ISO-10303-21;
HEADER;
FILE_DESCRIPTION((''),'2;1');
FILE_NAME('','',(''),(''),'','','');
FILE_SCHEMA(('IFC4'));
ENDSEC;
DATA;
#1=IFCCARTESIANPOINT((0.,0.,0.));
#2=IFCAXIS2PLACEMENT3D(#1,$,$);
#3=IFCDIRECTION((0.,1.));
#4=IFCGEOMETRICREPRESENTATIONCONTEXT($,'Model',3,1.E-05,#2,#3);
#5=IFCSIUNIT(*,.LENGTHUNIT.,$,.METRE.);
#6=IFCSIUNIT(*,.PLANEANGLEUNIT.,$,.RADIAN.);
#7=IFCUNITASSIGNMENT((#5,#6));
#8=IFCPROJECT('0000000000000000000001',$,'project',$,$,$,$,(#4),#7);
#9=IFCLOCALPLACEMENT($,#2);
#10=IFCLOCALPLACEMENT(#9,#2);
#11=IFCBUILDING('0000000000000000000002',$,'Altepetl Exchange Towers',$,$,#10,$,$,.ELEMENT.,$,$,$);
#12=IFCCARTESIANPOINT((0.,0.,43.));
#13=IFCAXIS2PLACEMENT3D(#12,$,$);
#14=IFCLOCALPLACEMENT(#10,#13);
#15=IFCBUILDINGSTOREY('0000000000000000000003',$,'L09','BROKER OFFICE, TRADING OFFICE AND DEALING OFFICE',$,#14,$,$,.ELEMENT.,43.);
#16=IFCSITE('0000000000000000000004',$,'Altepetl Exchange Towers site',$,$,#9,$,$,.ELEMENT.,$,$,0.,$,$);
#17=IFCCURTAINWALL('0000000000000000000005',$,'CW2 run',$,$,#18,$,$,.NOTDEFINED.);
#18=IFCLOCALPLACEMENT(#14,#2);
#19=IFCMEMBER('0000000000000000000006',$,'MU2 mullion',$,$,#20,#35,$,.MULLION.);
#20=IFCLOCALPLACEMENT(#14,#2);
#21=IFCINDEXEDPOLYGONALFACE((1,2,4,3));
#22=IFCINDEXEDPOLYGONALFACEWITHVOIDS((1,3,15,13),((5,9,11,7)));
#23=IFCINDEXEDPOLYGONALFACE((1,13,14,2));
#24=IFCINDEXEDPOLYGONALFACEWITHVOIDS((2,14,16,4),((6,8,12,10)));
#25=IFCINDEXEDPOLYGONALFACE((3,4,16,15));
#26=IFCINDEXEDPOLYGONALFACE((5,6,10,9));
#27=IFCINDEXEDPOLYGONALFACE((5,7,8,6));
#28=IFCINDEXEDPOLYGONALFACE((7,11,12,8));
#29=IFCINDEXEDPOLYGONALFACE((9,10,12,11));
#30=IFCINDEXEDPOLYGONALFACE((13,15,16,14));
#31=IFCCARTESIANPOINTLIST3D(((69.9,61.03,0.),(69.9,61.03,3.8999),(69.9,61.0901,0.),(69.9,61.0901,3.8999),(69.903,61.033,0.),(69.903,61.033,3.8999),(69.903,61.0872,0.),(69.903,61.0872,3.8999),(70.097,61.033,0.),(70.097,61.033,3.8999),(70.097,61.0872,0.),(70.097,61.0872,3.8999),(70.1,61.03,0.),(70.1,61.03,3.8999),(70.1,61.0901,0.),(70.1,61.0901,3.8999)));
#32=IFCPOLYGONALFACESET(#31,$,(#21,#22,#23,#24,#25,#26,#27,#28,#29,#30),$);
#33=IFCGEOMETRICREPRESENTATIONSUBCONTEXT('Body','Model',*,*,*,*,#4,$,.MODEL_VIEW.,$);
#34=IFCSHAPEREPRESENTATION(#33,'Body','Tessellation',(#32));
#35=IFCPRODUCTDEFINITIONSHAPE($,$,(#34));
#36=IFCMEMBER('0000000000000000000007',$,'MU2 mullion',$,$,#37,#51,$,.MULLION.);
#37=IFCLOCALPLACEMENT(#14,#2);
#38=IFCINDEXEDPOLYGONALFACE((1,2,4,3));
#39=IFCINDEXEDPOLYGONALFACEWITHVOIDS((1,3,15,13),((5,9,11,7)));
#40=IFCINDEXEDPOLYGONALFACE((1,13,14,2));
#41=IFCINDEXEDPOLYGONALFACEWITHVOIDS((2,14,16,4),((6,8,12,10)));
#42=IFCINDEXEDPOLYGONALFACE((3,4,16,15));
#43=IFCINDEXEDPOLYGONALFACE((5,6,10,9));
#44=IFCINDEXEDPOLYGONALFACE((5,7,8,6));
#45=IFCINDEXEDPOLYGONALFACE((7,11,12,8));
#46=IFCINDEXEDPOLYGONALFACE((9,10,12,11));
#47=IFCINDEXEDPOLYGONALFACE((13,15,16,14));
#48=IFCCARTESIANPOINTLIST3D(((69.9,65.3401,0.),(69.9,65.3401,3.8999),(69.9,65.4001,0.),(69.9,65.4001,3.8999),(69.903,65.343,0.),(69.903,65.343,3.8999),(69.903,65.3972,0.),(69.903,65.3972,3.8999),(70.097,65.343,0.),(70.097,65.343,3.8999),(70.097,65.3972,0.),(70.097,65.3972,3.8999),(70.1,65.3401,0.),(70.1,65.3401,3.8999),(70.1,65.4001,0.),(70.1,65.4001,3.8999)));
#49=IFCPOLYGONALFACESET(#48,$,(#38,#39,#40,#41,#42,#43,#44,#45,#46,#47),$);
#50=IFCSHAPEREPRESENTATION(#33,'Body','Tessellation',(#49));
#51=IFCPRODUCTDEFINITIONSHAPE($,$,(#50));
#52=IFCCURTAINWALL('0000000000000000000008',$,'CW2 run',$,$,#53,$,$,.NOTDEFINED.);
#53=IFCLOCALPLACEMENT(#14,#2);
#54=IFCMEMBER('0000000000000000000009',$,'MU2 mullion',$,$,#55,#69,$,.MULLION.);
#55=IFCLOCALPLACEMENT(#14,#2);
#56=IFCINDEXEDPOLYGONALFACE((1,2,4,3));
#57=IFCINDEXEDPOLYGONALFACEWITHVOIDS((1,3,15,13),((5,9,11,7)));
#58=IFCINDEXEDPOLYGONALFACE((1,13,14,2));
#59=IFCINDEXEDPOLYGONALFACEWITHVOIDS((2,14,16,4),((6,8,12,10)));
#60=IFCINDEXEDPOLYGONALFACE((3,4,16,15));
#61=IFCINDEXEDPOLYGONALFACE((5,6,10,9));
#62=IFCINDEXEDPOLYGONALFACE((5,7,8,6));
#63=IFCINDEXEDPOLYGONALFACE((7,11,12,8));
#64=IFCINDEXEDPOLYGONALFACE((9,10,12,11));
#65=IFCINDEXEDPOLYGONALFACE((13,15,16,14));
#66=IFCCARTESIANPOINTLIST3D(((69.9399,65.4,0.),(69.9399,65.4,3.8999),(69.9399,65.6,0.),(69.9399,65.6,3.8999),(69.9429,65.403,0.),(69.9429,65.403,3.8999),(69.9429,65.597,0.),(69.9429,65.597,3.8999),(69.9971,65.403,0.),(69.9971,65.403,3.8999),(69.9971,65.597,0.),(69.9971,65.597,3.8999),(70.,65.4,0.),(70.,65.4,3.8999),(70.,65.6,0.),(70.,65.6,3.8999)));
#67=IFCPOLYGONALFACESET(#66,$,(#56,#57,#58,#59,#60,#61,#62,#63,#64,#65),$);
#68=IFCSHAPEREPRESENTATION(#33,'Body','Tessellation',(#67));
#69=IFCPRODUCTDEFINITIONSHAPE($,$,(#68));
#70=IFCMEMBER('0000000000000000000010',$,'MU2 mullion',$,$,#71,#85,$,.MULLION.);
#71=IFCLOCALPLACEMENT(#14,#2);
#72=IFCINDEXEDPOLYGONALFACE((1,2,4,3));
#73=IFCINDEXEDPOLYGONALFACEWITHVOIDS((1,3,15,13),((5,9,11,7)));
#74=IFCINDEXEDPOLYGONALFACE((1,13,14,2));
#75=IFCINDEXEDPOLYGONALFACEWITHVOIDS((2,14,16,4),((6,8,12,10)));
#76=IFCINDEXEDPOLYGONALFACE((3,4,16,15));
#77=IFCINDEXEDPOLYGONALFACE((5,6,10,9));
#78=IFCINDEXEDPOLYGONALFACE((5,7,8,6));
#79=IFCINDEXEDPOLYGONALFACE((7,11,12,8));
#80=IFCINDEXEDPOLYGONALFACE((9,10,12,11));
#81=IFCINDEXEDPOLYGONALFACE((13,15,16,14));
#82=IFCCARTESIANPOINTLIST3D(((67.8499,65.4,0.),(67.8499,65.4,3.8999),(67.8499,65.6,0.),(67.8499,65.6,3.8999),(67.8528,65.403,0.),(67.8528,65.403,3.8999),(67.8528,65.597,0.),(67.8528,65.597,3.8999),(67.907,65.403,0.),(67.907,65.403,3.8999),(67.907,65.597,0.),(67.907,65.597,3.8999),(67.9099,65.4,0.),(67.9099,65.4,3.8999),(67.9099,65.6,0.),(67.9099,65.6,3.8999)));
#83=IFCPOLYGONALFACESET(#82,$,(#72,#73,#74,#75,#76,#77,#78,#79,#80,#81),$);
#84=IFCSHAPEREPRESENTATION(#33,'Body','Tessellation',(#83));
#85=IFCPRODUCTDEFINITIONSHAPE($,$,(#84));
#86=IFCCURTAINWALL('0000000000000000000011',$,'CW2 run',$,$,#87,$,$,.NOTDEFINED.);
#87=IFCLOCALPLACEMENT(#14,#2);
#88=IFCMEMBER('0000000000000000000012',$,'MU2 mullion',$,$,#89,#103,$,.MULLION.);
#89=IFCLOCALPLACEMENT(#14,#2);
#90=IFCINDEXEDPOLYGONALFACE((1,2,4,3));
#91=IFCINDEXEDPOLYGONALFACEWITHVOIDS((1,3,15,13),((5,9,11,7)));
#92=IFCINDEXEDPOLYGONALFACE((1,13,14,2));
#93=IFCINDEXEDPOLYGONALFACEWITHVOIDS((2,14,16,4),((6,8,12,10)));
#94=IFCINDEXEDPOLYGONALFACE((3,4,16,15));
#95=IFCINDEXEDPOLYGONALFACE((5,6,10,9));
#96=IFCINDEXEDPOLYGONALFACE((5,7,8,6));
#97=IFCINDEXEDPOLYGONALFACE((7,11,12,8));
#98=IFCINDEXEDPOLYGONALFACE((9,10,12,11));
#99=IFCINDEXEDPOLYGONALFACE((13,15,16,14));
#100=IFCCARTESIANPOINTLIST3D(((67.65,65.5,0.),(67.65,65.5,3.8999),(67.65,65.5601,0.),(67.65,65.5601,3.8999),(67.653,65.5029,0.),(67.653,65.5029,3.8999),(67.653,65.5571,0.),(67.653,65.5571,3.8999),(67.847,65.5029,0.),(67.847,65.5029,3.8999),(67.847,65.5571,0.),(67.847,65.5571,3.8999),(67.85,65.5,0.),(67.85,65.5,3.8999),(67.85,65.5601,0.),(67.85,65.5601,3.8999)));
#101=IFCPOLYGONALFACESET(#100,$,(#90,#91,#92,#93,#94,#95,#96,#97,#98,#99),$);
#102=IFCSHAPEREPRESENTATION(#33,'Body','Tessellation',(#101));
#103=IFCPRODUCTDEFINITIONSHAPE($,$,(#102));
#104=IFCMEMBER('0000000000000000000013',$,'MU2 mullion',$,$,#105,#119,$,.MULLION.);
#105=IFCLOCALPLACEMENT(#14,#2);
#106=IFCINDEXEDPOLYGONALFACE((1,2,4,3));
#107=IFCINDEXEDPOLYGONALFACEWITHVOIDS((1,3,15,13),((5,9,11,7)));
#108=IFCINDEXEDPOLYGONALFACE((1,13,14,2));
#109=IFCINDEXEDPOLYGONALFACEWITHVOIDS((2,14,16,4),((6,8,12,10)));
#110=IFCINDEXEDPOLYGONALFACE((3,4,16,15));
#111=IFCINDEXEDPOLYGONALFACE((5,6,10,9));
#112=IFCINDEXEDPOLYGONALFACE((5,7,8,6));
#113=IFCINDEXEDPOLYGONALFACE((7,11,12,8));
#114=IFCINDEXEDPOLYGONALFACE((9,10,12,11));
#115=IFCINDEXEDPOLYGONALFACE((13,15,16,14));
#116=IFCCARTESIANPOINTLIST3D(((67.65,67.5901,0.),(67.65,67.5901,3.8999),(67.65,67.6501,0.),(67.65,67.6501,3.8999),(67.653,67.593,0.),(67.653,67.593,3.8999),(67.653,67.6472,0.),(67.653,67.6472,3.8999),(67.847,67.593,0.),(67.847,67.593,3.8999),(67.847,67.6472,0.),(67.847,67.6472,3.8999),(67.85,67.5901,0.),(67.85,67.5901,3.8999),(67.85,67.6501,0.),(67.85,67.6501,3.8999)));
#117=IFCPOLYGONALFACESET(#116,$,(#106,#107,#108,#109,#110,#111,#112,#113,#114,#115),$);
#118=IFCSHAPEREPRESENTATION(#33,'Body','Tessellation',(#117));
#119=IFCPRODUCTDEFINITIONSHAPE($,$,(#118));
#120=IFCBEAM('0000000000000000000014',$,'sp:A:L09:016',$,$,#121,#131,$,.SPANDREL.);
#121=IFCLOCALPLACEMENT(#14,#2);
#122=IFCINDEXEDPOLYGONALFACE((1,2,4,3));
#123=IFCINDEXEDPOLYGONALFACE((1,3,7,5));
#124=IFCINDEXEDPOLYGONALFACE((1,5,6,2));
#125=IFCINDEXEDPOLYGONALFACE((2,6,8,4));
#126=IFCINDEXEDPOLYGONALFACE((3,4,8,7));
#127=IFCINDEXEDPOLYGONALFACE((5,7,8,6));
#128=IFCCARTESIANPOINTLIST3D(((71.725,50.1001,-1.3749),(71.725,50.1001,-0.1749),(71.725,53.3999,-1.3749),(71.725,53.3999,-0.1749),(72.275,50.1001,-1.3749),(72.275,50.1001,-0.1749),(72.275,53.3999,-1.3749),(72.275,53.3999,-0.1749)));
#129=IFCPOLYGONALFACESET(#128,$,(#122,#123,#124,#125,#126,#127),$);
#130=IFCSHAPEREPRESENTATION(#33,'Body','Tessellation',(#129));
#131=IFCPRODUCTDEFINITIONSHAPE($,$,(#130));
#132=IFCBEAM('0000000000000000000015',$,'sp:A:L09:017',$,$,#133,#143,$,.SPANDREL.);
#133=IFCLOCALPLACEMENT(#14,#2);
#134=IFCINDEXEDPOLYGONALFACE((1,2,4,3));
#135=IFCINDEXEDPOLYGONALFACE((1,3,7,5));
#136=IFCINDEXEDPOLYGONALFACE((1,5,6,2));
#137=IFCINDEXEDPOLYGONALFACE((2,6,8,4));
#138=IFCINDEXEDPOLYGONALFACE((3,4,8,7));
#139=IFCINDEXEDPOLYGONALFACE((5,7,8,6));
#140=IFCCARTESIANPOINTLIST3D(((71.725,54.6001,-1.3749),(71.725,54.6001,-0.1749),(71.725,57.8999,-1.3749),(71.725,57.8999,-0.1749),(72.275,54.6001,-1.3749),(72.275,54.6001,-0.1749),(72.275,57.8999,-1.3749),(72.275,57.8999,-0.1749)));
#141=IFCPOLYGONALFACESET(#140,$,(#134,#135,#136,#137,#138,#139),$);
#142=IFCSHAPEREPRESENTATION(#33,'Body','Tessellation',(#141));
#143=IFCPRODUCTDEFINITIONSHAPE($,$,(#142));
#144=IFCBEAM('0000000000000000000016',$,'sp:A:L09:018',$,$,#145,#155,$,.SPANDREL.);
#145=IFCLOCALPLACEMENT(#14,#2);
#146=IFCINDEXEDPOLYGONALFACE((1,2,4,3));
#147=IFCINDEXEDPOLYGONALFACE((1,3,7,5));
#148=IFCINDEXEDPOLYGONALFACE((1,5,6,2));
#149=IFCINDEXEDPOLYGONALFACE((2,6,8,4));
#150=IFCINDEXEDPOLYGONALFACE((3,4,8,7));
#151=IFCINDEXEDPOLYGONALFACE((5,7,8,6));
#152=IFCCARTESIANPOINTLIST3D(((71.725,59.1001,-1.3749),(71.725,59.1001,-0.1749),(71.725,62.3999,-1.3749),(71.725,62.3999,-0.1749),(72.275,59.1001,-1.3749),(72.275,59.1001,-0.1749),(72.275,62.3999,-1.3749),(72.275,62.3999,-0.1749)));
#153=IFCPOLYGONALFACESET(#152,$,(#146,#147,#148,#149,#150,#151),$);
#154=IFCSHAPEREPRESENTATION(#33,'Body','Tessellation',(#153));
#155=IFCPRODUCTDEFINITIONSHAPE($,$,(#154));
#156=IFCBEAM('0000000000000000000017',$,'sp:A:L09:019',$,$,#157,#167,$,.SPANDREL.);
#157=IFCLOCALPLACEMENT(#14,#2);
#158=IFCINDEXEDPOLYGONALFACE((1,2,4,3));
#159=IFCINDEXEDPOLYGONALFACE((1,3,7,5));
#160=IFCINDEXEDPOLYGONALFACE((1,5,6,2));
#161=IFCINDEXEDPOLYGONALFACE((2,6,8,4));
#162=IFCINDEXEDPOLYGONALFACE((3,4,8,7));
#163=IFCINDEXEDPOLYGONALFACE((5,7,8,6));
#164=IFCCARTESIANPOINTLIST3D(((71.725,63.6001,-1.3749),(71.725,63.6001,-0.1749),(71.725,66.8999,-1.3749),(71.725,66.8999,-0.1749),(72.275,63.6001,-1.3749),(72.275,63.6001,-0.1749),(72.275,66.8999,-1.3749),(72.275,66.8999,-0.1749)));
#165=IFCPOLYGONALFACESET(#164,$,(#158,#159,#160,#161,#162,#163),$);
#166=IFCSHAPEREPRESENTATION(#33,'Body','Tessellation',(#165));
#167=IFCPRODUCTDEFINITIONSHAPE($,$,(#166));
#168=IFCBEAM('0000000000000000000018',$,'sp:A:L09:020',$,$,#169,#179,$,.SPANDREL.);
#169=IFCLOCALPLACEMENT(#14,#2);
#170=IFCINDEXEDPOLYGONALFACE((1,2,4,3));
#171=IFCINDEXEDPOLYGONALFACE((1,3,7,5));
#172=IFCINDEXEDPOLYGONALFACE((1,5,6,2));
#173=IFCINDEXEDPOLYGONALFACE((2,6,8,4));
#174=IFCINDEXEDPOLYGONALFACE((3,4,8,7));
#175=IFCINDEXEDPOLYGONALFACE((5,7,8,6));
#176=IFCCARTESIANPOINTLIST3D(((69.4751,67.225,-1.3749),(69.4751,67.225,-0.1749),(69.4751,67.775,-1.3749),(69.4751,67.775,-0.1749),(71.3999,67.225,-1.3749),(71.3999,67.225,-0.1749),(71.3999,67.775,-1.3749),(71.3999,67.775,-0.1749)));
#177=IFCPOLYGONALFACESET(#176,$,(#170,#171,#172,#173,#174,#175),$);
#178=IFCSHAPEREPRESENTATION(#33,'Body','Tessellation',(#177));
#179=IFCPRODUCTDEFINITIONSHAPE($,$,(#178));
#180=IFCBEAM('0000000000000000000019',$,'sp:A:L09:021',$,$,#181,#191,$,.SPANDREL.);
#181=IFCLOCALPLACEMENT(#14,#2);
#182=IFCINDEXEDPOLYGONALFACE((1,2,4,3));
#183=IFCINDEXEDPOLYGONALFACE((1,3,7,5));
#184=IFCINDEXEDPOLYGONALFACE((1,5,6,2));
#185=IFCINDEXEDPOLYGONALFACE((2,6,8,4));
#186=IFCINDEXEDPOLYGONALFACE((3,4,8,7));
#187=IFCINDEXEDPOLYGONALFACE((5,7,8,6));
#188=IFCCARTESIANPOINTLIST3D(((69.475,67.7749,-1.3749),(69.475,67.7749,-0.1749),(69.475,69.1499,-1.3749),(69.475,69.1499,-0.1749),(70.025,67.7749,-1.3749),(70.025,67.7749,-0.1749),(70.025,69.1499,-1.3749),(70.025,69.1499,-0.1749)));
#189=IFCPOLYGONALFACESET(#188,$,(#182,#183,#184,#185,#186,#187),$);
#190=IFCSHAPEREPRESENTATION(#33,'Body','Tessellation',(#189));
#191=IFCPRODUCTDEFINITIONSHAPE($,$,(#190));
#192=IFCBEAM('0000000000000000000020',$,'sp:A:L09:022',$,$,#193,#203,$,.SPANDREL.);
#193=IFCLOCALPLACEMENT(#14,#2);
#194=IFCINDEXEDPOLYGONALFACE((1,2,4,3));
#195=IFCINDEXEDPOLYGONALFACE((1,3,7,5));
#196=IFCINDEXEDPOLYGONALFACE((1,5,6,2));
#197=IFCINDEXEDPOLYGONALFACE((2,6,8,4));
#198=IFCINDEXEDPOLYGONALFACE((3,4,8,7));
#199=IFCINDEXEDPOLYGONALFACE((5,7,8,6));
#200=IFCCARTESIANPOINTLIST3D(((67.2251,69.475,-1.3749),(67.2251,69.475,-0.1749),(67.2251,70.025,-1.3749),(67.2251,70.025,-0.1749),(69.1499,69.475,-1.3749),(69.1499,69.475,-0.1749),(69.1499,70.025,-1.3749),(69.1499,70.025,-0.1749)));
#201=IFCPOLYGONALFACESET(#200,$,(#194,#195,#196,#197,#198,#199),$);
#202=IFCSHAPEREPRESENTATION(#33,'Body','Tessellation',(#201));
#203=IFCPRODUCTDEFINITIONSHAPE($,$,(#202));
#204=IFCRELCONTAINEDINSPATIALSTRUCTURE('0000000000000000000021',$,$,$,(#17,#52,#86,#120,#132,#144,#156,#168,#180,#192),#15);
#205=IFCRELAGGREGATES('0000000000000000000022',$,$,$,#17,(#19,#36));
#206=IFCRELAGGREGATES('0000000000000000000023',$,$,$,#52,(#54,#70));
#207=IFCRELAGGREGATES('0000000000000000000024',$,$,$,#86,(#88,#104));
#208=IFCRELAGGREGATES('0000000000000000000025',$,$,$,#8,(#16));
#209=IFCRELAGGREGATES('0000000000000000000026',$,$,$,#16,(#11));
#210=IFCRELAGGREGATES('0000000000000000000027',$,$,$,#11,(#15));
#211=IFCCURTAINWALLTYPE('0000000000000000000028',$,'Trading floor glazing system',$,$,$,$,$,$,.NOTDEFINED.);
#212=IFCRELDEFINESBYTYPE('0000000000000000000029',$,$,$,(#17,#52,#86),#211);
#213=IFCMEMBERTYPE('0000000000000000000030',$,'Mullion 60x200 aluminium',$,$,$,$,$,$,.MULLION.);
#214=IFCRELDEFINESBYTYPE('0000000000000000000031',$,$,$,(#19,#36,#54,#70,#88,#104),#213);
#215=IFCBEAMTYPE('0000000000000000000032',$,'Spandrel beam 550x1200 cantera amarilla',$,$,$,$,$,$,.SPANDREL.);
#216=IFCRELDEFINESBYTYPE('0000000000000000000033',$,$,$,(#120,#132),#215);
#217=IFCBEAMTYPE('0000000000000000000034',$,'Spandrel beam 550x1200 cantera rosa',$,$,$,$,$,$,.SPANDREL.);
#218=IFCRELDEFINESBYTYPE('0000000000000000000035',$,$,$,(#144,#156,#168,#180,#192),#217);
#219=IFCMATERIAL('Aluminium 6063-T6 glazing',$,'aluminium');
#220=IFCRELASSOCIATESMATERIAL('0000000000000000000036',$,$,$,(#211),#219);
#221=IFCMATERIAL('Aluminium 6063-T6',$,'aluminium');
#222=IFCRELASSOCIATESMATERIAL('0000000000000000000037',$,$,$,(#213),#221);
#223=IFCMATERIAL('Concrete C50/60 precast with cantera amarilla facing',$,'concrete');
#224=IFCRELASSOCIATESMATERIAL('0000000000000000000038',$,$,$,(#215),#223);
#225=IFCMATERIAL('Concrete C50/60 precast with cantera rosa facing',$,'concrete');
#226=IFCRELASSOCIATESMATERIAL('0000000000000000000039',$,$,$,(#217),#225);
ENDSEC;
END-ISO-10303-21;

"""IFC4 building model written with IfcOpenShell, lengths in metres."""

from ifc_helpers import new_model, si_unit, direction, frame, origin, origin_2d, place, context, subcontext, project, spatial, rectangle, hollow_rectangle, extrude, material, material_profile, profile_set, type_object, element, aggregate, save


model = new_model("IFC4")

# Units and contexts
model_context = context("Model", 3, precision=1e-05, world=origin(), true_north=direction((0.0, 1.0)))
body_context = subcontext(model_context, "Body", "Model", "MODEL_VIEW")
ifc_project = project(units=[si_unit("LENGTHUNIT", "METRE"), si_unit("PLANEANGLEUNIT", "RADIAN")], contexts=[model_context])

# Site, building, storey
site_placement = place(None, origin())
site = spatial("IfcSite", under=ifc_project, at=site_placement, Name="Altepetl Exchange Towers site", CompositionType="ELEMENT", RefElevation=0.0)
building_placement = place(site_placement, origin())
building = spatial("IfcBuilding", under=site, at=building_placement, Name="Altepetl Exchange Towers", CompositionType="ELEMENT")
storey_placement = place(building_placement, frame((0.0, 0.0, 43.0)))
storey = spatial("IfcBuildingStorey", under=building, at=storey_placement, Name="L09", Description="BROKER OFFICE, TRADING OFFICE AND DEALING OFFICE", CompositionType="ELEMENT", Elevation=43.0)

# Curtain walls, members
ifc_material_1 = material(Name="Aluminium 6063-T6 glazing", Category="aluminium")
curtain_wall_type = type_object("IfcCurtainWallType", Name="Trading floor glazing system", PredefinedType="NOTDEFINED", material=ifc_material_1)
ifc_material_2 = material(Name="Aluminium 6063-T6", Category="aluminium")
ifc_material_profile_1 = material_profile(ifc_material_2, hollow_rectangle(XDim=0.0601, YDim=0.2, WallThickness=0.0029, at=origin_2d()), Name="Mullion 60x200 aluminium")
ifc_profile_set_1 = profile_set([ifc_material_profile_1], Name="Aluminium 6063-T6")
member_type = type_object("IfcMemberType", Name="Mullion 60x200 aluminium", PredefinedType="MULLION", material=ifc_profile_set_1)
curtain_wall_1_placement = place(storey_placement, origin())
curtain_wall_1 = element("IfcCurtainWall", 1, at=curtain_wall_1_placement, inside=storey, type_object=curtain_wall_type, Name="CW2 run", PredefinedType="NOTDEFINED")
member_1_placement = place(storey_placement, frame((70.0, 61.0601, 0.0), z_axis=(0.0, 0.0, 1.0), x_axis=(0.0, 1.0, 0.0)))
member_1 = element("IfcMember", 2, at=member_1_placement, type_object=member_type, Name="MU2 mullion", PredefinedType="MULLION", context=body_context, shape_type="SweptSolid", body=[
    extrude(hollow_rectangle(XDim=0.0601, YDim=0.2, WallThickness=0.0029, at=origin_2d()), origin(), (0.0, 0.0, 1.0), 3.8999),
])
member_2_placement = place(storey_placement, frame((70.0, 65.3701, 0.0), z_axis=(0.0, 0.0, 1.0), x_axis=(0.0, 1.0, 0.0)))
member_2 = element("IfcMember", 3, at=member_2_placement, type_object=member_type, Name="MU2 mullion", PredefinedType="MULLION", context=body_context, shape_type="SweptSolid", body=[
    extrude(hollow_rectangle(XDim=0.0601, YDim=0.2, WallThickness=0.0029, at=origin_2d()), origin(), (0.0, 0.0, 1.0), 3.8999),
])
curtain_wall_2_placement = place(storey_placement, origin())
curtain_wall_2 = element("IfcCurtainWall", 4, at=curtain_wall_2_placement, inside=storey, type_object=curtain_wall_type, Name="CW2 run", PredefinedType="NOTDEFINED")
member_3_placement = place(storey_placement, frame((69.97, 65.5, 0.0), z_axis=(0.0, 0.0, 1.0), x_axis=(-1.0, 0.0, 0.0)))
member_3 = element("IfcMember", 5, at=member_3_placement, type_object=member_type, Name="MU2 mullion", PredefinedType="MULLION", context=body_context, shape_type="SweptSolid", body=[
    extrude(hollow_rectangle(XDim=0.0601, YDim=0.2, WallThickness=0.0029, at=origin_2d()), origin(), (0.0, 0.0, 1.0), 3.8999),
])
member_4_placement = place(storey_placement, frame((67.8799, 65.5, 0.0), z_axis=(0.0, 0.0, 1.0), x_axis=(-1.0, 0.0, 0.0)))
member_4 = element("IfcMember", 6, at=member_4_placement, type_object=member_type, Name="MU2 mullion", PredefinedType="MULLION", context=body_context, shape_type="SweptSolid", body=[
    extrude(hollow_rectangle(XDim=0.0601, YDim=0.2, WallThickness=0.0029, at=origin_2d()), origin(), (0.0, 0.0, 1.0), 3.8999),
])
curtain_wall_3_placement = place(storey_placement, origin())
curtain_wall_3 = element("IfcCurtainWall", 7, at=curtain_wall_3_placement, inside=storey, type_object=curtain_wall_type, Name="CW2 run", PredefinedType="NOTDEFINED")
member_5_placement = place(storey_placement, frame((67.75, 65.53, 0.0), z_axis=(0.0, 0.0, 1.0), x_axis=(0.0, 1.0, 0.0)))
member_5 = element("IfcMember", 8, at=member_5_placement, type_object=member_type, Name="MU2 mullion", PredefinedType="MULLION", context=body_context, shape_type="SweptSolid", body=[
    extrude(hollow_rectangle(XDim=0.0601, YDim=0.2, WallThickness=0.0029, at=origin_2d()), origin(), (0.0, 0.0, 1.0), 3.8999),
])
member_6_placement = place(storey_placement, frame((67.75, 67.6201, 0.0), z_axis=(0.0, 0.0, 1.0), x_axis=(0.0, 1.0, 0.0)))
member_6 = element("IfcMember", 9, at=member_6_placement, type_object=member_type, Name="MU2 mullion", PredefinedType="MULLION", context=body_context, shape_type="SweptSolid", body=[
    extrude(hollow_rectangle(XDim=0.0601, YDim=0.2, WallThickness=0.0029, at=origin_2d()), origin(), (0.0, 0.0, 1.0), 3.8999),
])

# Beams
ifc_material_3 = material(Name="Concrete C50/60 precast with cantera amarilla facing", Category="concrete")
ifc_material_profile_2 = material_profile(ifc_material_3, rectangle(XDim=0.55, YDim=1.2, at=origin_2d()), Name="550 x 1200")
ifc_profile_set_2 = profile_set([ifc_material_profile_2], Name="Concrete C50/60 precast with cantera amarilla facing")
beam_type_1 = type_object("IfcBeamType", Name="Spandrel beam 550x1200 cantera amarilla", PredefinedType="SPANDREL", material=ifc_profile_set_2)
for number, where, z_axis, x_axis, name in (
    (10, (72.0, 50.1001, -0.7749), (0.0, 1.0, 0.0), (-1.0, 0.0, 0.0), "sp:A:L09:016"),
    (11, (72.0, 54.6001, -0.7749), (0.0, 1.0, 0.0), (-1.0, 0.0, 0.0), "sp:A:L09:017"),
):
    element("IfcBeam", number, at=place(storey_placement, frame(where, z_axis=z_axis, x_axis=x_axis)), inside=storey, type_object=beam_type_1, Name=name, PredefinedType="SPANDREL", context=body_context, shape_type="SweptSolid", body=[
        extrude(rectangle(XDim=0.55, YDim=1.2, at=origin_2d()), origin(), (0.0, 0.0, 1.0), 3.2998),
    ])
ifc_material_4 = material(Name="Concrete C50/60 precast with cantera rosa facing", Category="concrete")
ifc_material_profile_3 = material_profile(ifc_material_4, rectangle(XDim=0.55, YDim=1.2, at=origin_2d()), Name="550 x 1200")
ifc_profile_set_3 = profile_set([ifc_material_profile_3], Name="Concrete C50/60 precast with cantera rosa facing")
beam_type_2 = type_object("IfcBeamType", Name="Spandrel beam 550x1200 cantera rosa", PredefinedType="SPANDREL", material=ifc_profile_set_3)
for number, where, z_axis, x_axis, name in (
    (12, (72.0, 59.1001, -0.7749), (0.0, 1.0, 0.0), (-1.0, 0.0, 0.0), "sp:A:L09:018"),
    (13, (72.0, 63.6001, -0.7749), (0.0, 1.0, 0.0), (-1.0, 0.0, 0.0), "sp:A:L09:019"),
):
    element("IfcBeam", number, at=place(storey_placement, frame(where, z_axis=z_axis, x_axis=x_axis)), inside=storey, type_object=beam_type_2, Name=name, PredefinedType="SPANDREL", context=body_context, shape_type="SweptSolid", body=[
        extrude(rectangle(XDim=0.55, YDim=1.2, at=origin_2d()), origin(), (0.0, 0.0, 1.0), 3.2998),
    ])
beam_1_placement = place(storey_placement, frame((71.3999, 67.5, -0.7749), z_axis=(-1.0, 0.0, 0.0), x_axis=(0.0, -1.0, 0.0)))
element("IfcBeam", 14, at=beam_1_placement, inside=storey, type_object=beam_type_2, Name="sp:A:L09:020", PredefinedType="SPANDREL", context=body_context, shape_type="SweptSolid", body=[
    extrude(rectangle(XDim=0.55, YDim=1.2, at=origin_2d()), origin(), (0.0, 0.0, 1.0), 1.9248),
])
beam_2_placement = place(storey_placement, frame((69.75, 67.7749, -0.7749), z_axis=(0.0, 1.0, 0.0), x_axis=(-1.0, 0.0, 0.0)))
element("IfcBeam", 15, at=beam_2_placement, inside=storey, type_object=beam_type_2, Name="sp:A:L09:021", PredefinedType="SPANDREL", context=body_context, shape_type="SweptSolid", body=[
    extrude(rectangle(XDim=0.55, YDim=1.2, at=origin_2d()), origin(), (0.0, 0.0, 1.0), 1.375),
])
beam_3_placement = place(storey_placement, frame((69.1499, 69.75, -0.7749), z_axis=(-1.0, 0.0, 0.0), x_axis=(0.0, -1.0, 0.0)))
element("IfcBeam", 16, at=beam_3_placement, inside=storey, type_object=beam_type_2, Name="sp:A:L09:022", PredefinedType="SPANDREL", context=body_context, shape_type="SweptSolid", body=[
    extrude(rectangle(XDim=0.55, YDim=1.2, at=origin_2d()), origin(), (0.0, 0.0, 1.0), 1.9248),
])

aggregate(curtain_wall_1, [member_1, member_2])
aggregate(curtain_wall_2, [member_3, member_4])
aggregate(curtain_wall_3, [member_5, member_6])

save(model, "model.ifc")
